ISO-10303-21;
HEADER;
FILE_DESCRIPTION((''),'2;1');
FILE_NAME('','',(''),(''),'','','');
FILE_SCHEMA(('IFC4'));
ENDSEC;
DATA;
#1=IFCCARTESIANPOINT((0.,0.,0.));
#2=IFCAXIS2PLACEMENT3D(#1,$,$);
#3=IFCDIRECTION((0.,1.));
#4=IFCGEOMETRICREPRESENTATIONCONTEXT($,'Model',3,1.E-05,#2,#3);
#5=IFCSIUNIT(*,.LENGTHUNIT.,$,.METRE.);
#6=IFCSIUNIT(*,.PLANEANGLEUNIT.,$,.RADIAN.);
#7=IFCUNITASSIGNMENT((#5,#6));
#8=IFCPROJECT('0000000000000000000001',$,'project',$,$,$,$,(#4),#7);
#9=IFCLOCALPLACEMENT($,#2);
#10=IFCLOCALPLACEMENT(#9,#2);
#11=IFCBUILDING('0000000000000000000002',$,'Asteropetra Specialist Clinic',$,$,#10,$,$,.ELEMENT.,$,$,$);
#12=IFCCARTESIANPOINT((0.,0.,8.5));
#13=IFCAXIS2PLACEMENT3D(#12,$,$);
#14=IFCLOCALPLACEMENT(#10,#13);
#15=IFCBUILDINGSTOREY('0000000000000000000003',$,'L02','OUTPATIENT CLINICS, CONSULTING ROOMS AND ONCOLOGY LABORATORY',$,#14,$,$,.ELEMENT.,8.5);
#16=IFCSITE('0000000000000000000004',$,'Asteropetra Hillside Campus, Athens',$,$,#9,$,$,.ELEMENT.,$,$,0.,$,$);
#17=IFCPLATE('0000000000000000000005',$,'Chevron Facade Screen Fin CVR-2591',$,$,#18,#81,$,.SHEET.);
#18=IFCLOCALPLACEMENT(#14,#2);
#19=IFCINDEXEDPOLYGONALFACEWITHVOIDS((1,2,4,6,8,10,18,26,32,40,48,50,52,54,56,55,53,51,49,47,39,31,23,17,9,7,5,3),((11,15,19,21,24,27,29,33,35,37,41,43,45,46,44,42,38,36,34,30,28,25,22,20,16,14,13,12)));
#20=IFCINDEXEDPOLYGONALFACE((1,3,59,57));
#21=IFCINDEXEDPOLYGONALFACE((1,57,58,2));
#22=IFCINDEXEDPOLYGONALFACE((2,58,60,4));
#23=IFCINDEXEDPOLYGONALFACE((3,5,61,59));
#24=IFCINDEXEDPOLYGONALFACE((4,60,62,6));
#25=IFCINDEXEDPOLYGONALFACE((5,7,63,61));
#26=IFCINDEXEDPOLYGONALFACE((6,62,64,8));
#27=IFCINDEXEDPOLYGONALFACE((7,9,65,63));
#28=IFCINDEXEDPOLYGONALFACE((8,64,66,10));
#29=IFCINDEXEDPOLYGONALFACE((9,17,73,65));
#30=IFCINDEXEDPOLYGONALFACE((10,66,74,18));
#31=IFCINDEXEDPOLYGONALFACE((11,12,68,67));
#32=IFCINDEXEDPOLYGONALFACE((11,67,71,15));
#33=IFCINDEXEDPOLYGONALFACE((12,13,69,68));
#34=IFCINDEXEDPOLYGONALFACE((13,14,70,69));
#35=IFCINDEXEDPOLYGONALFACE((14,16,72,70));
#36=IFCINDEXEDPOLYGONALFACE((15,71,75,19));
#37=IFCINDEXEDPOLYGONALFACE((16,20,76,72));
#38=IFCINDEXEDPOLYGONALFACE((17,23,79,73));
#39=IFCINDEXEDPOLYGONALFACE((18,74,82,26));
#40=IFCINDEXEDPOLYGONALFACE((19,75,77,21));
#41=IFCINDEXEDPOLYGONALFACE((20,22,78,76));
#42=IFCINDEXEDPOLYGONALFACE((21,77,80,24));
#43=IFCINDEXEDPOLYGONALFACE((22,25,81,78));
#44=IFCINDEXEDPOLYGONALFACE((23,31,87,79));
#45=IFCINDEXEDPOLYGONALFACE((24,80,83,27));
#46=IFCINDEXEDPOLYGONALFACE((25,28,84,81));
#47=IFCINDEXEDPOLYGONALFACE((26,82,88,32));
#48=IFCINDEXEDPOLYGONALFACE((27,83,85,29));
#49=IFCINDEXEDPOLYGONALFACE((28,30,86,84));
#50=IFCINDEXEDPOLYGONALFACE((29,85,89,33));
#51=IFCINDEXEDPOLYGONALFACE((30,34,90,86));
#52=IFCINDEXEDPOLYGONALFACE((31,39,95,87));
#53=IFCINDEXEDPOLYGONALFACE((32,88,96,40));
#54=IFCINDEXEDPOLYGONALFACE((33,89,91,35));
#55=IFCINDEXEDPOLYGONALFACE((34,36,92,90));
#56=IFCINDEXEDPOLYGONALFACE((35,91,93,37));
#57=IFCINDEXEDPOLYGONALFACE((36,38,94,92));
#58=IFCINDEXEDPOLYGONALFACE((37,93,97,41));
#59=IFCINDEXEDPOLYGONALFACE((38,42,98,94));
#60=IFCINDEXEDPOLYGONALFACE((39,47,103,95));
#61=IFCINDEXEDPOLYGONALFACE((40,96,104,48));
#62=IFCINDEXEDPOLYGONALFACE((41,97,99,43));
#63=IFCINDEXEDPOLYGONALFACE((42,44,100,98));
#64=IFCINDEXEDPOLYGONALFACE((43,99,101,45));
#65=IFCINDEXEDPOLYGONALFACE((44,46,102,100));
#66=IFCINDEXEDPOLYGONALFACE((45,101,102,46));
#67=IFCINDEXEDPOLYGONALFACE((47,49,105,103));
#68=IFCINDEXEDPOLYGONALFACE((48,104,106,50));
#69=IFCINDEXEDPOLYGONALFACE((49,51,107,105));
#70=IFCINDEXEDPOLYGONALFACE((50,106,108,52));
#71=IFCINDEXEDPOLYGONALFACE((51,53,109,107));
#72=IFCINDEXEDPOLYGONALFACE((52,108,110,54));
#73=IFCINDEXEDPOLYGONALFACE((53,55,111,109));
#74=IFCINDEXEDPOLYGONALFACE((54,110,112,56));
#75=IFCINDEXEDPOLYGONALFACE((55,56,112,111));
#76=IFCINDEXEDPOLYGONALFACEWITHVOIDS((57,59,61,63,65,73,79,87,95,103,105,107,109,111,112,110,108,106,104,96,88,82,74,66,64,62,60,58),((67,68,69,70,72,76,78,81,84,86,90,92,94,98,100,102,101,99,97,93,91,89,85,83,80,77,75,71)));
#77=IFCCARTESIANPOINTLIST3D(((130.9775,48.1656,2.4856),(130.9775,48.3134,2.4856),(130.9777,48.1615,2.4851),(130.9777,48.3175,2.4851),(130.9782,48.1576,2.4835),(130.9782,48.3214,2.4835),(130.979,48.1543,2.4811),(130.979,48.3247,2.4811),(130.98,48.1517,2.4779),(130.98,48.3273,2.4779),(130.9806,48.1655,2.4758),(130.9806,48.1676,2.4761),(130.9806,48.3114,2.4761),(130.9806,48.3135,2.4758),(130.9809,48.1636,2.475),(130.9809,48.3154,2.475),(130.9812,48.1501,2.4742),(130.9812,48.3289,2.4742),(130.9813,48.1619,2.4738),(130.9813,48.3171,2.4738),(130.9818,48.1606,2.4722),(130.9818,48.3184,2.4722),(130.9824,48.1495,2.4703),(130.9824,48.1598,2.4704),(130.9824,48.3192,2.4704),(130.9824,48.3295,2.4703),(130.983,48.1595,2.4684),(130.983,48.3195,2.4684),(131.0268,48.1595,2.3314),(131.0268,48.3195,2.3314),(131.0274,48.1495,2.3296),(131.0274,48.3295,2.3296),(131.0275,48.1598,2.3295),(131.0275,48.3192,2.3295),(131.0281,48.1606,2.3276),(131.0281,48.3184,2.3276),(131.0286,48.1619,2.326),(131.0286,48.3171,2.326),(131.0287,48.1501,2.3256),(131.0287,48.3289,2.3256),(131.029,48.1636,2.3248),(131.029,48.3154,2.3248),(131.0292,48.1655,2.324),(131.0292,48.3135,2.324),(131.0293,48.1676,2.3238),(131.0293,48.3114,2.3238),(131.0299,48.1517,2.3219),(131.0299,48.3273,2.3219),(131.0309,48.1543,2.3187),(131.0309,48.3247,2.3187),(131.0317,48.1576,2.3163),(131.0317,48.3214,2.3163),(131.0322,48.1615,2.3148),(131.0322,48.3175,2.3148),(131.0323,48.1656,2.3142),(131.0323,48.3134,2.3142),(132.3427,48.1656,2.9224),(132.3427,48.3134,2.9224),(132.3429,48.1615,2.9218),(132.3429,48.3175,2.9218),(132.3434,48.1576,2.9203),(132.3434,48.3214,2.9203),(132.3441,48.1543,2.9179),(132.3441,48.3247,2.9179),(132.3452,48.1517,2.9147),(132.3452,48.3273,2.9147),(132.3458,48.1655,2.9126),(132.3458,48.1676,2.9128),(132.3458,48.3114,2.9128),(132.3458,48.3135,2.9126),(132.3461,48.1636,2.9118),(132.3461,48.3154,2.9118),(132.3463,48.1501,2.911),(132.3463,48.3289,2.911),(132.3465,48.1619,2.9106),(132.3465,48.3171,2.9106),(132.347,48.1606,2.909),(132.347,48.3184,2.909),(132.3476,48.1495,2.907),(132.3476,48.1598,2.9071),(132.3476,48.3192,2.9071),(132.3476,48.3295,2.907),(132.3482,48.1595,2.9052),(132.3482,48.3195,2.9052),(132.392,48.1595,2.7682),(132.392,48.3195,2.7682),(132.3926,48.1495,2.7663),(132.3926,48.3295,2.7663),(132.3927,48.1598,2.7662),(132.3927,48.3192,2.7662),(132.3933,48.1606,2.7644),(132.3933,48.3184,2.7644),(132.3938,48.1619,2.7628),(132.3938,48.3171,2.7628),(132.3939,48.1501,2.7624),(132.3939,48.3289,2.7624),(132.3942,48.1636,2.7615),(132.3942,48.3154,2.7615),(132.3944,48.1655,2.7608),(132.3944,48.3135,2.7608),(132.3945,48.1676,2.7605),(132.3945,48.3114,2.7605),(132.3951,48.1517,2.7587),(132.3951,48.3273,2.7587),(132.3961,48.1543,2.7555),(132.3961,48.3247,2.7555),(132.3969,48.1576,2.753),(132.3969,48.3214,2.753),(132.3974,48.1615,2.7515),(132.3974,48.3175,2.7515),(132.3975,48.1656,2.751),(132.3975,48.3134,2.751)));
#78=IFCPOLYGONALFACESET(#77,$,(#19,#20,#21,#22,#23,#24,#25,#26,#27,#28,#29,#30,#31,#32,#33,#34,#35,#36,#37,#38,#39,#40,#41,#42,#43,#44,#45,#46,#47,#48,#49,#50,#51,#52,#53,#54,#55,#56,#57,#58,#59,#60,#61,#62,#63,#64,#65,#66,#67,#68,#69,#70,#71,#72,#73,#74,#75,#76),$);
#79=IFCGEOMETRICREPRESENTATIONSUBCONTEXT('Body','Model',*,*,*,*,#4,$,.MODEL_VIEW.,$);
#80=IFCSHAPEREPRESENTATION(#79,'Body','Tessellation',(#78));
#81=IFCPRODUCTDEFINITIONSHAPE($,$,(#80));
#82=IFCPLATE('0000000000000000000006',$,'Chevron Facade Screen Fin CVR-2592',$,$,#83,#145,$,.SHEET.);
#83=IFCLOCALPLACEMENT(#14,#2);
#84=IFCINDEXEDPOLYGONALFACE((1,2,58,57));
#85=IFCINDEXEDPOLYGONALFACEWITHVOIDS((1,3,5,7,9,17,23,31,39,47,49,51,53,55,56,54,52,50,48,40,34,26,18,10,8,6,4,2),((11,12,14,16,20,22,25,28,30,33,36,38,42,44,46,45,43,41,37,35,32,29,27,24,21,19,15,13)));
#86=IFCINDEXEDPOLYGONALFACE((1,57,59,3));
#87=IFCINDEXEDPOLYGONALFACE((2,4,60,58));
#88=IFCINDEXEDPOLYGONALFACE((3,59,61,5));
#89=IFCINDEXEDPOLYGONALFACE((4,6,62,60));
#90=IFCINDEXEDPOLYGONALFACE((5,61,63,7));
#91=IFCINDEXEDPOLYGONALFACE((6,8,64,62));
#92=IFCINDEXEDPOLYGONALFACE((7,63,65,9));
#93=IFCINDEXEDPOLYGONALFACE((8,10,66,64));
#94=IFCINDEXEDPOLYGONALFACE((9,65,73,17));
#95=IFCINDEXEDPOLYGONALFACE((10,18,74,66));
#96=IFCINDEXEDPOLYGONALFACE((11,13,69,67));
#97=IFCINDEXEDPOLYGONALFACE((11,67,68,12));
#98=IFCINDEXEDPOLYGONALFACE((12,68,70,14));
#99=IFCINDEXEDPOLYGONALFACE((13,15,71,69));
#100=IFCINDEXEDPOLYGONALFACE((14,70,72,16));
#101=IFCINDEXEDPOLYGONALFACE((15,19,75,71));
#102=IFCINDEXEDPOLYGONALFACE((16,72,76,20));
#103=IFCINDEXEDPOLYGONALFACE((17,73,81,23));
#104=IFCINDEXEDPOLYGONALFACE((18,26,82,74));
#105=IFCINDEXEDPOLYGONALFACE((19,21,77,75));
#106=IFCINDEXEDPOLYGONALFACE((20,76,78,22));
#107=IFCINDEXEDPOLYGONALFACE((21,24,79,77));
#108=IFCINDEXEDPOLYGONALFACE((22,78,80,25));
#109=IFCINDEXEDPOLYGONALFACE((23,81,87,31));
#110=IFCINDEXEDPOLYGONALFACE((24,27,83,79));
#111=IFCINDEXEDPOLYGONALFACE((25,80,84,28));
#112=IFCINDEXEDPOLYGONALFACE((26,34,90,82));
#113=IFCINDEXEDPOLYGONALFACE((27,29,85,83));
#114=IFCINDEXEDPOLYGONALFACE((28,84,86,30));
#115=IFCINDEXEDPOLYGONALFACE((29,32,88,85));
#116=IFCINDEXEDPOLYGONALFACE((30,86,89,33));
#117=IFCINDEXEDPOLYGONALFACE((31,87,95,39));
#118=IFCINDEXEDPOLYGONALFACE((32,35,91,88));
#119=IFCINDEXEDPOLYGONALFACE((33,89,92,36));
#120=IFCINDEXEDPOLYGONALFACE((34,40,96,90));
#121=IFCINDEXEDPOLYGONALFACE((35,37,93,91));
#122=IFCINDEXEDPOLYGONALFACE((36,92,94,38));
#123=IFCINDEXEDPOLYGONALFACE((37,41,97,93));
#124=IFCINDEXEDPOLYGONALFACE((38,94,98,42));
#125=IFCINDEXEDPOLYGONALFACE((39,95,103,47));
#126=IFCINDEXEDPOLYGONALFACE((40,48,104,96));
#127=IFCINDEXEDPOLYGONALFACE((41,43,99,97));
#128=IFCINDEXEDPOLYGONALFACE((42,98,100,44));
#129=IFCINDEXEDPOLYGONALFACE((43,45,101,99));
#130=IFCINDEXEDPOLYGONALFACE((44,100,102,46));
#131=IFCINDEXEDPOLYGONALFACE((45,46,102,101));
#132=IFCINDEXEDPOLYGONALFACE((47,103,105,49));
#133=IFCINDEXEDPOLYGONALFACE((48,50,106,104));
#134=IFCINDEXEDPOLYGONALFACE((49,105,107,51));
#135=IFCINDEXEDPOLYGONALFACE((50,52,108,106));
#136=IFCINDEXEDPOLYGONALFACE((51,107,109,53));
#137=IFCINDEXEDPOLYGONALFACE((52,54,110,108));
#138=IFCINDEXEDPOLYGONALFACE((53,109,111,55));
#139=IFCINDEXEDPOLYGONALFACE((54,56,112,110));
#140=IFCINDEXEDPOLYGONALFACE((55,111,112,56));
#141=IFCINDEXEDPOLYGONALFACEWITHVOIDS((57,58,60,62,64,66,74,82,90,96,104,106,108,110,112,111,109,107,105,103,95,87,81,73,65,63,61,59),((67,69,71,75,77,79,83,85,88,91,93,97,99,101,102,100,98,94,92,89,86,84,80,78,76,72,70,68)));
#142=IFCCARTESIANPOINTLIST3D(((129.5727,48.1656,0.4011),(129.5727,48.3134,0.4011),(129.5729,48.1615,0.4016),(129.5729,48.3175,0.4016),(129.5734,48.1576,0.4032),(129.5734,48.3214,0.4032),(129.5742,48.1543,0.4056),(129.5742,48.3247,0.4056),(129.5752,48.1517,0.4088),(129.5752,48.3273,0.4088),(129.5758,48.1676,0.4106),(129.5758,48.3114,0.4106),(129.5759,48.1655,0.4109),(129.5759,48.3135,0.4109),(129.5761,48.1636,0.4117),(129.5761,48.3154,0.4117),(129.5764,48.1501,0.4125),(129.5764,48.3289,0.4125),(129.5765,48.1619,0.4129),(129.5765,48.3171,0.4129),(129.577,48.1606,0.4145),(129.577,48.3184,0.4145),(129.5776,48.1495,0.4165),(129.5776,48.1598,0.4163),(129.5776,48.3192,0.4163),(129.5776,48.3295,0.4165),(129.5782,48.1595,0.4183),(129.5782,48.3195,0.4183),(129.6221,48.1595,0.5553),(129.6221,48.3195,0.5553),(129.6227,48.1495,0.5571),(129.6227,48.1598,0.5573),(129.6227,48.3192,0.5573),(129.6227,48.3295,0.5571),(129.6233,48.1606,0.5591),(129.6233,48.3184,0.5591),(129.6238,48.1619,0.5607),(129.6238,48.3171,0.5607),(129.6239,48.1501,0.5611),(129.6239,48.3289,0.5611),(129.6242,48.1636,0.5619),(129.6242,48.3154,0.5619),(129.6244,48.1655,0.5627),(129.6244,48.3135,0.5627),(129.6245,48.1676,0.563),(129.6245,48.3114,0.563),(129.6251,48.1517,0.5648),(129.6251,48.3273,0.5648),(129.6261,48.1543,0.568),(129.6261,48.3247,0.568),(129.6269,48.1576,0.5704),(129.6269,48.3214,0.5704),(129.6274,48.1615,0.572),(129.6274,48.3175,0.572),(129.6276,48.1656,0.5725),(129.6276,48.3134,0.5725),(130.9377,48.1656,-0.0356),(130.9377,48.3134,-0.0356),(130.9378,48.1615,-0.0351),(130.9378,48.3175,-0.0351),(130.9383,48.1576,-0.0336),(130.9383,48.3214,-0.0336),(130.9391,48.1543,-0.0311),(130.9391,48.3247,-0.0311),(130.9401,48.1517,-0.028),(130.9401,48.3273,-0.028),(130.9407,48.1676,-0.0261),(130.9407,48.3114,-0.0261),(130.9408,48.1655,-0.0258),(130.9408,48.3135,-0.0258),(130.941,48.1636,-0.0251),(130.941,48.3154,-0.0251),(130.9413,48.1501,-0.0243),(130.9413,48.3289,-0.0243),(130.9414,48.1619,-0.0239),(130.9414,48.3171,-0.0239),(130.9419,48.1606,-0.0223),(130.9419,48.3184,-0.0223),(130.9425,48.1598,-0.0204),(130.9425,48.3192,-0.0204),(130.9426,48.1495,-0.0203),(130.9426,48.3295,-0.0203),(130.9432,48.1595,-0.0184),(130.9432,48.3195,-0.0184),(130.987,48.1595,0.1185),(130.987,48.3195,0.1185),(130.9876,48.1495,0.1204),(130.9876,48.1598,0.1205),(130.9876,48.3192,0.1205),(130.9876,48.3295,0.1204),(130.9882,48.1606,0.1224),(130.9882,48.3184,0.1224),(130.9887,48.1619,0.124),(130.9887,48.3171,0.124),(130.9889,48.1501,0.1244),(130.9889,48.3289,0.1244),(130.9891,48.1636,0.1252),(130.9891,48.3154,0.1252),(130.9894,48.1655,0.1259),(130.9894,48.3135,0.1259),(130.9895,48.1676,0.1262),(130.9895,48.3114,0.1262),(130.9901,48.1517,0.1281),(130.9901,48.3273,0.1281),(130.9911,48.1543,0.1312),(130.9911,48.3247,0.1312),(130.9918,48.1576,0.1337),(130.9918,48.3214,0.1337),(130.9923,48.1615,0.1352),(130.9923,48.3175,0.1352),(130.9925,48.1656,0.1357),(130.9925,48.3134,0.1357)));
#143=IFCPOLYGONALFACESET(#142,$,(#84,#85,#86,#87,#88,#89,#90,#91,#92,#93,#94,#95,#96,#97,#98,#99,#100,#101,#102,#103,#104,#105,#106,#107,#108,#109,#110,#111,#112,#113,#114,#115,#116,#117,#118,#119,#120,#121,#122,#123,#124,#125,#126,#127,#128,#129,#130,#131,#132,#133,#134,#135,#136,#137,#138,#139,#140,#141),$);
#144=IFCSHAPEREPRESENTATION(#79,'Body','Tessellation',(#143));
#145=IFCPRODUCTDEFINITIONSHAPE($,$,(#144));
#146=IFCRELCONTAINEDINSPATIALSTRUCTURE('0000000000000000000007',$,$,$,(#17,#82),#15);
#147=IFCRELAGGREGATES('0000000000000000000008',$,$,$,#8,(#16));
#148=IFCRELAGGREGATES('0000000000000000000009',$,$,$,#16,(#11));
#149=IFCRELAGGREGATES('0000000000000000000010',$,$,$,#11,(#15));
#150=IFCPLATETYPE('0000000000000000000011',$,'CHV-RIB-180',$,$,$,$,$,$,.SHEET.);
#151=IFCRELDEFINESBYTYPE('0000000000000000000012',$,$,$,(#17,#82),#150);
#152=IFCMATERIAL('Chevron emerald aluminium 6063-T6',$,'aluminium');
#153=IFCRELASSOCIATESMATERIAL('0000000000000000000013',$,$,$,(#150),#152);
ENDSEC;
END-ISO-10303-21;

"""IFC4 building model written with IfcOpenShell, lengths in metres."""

from ifc_helpers import new_model, si_unit, direction, frame, origin, origin_2d, place, context, subcontext, project, spatial, hollow_rectangle, extrude, material, material_profile, profile_set, type_object, element, save


model = new_model("IFC4")

# Units and contexts
model_context = context("Model", 3, precision=1e-05, world=origin(), true_north=direction((0.0, 1.0)))
body_context = subcontext(model_context, "Body", "Model", "MODEL_VIEW")
ifc_project = project(units=[si_unit("LENGTHUNIT", "METRE"), si_unit("PLANEANGLEUNIT", "RADIAN")], contexts=[model_context])

# Site, building, storey
site_placement = place(None, origin())
site = spatial("IfcSite", under=ifc_project, at=site_placement, Name="Asteropetra Hillside Campus, Athens", CompositionType="ELEMENT", RefElevation=0.0)
building_placement = place(site_placement, origin())
building = spatial("IfcBuilding", under=site, at=building_placement, Name="Asteropetra Specialist Clinic", CompositionType="ELEMENT")
storey_placement = place(building_placement, frame((0.0, 0.0, 8.5)))
storey = spatial("IfcBuildingStorey", under=building, at=storey_placement, Name="L02", Description="OUTPATIENT CLINICS, CONSULTING ROOMS AND ONCOLOGY LABORATORY", CompositionType="ELEMENT", Elevation=8.5)

# Plates
ifc_material_1 = material(Name="Chevron emerald aluminium 6063-T6", Category="aluminium")
ifc_material_profile_1 = material_profile(ifc_material_1, hollow_rectangle(XDim=0.1799, YDim=0.1799, WallThickness=0.01, InnerFilletRadius=0.0081, OuterFilletRadius=0.0161, at=origin_2d()), Name="SHS 180x180x10.0")
ifc_profile_set_1 = profile_set([ifc_material_profile_1], Name="Chevron emerald aluminium 6063-T6")
plate_type = type_object("IfcPlateType", Name="CHV-RIB-180", PredefinedType="SHEET", material=ifc_profile_set_1)
for number, where, z_axis, x_axis, name in (
    (1, (132.3701, 48.2395, 2.8367), (-0.952446, 0.0, -0.304708), (0.0, -1.0, 0.0), "Chevron Facade Screen Fin CVR-2591"),
):
    element("IfcPlate", number, at=place(storey_placement, frame(where, z_axis=z_axis, x_axis=x_axis)), inside=storey, type_object=plate_type, Name=name, PredefinedType="SHEET", context=body_context, shape_type="SweptSolid", body=[
        extrude(hollow_rectangle(XDim=0.1799, YDim=0.1799, WallThickness=0.01, InnerFilletRadius=0.0081, OuterFilletRadius=0.0161, at=origin_2d()), origin(), (0.0, 0.0, 1.0), 1.4333),
    ])
for number, where, z_axis, x_axis, name in (
    (2, (130.9651, 48.2395, 0.05), (-0.95243, 0.0, 0.304757), (0.0, -1.0, 0.0), "Chevron Facade Screen Fin CVR-2592"),
):
    element("IfcPlate", number, at=place(storey_placement, frame(where, z_axis=z_axis, x_axis=x_axis)), inside=storey, type_object=plate_type, Name=name, PredefinedType="SHEET", context=body_context, shape_type="SweptSolid", body=[
        extrude(hollow_rectangle(XDim=0.1799, YDim=0.1799, WallThickness=0.01, InnerFilletRadius=0.0081, OuterFilletRadius=0.0161, at=origin_2d()), origin(), (0.0, 0.0, 1.0), 1.4331),
    ])

save(model, "model.ifc")
